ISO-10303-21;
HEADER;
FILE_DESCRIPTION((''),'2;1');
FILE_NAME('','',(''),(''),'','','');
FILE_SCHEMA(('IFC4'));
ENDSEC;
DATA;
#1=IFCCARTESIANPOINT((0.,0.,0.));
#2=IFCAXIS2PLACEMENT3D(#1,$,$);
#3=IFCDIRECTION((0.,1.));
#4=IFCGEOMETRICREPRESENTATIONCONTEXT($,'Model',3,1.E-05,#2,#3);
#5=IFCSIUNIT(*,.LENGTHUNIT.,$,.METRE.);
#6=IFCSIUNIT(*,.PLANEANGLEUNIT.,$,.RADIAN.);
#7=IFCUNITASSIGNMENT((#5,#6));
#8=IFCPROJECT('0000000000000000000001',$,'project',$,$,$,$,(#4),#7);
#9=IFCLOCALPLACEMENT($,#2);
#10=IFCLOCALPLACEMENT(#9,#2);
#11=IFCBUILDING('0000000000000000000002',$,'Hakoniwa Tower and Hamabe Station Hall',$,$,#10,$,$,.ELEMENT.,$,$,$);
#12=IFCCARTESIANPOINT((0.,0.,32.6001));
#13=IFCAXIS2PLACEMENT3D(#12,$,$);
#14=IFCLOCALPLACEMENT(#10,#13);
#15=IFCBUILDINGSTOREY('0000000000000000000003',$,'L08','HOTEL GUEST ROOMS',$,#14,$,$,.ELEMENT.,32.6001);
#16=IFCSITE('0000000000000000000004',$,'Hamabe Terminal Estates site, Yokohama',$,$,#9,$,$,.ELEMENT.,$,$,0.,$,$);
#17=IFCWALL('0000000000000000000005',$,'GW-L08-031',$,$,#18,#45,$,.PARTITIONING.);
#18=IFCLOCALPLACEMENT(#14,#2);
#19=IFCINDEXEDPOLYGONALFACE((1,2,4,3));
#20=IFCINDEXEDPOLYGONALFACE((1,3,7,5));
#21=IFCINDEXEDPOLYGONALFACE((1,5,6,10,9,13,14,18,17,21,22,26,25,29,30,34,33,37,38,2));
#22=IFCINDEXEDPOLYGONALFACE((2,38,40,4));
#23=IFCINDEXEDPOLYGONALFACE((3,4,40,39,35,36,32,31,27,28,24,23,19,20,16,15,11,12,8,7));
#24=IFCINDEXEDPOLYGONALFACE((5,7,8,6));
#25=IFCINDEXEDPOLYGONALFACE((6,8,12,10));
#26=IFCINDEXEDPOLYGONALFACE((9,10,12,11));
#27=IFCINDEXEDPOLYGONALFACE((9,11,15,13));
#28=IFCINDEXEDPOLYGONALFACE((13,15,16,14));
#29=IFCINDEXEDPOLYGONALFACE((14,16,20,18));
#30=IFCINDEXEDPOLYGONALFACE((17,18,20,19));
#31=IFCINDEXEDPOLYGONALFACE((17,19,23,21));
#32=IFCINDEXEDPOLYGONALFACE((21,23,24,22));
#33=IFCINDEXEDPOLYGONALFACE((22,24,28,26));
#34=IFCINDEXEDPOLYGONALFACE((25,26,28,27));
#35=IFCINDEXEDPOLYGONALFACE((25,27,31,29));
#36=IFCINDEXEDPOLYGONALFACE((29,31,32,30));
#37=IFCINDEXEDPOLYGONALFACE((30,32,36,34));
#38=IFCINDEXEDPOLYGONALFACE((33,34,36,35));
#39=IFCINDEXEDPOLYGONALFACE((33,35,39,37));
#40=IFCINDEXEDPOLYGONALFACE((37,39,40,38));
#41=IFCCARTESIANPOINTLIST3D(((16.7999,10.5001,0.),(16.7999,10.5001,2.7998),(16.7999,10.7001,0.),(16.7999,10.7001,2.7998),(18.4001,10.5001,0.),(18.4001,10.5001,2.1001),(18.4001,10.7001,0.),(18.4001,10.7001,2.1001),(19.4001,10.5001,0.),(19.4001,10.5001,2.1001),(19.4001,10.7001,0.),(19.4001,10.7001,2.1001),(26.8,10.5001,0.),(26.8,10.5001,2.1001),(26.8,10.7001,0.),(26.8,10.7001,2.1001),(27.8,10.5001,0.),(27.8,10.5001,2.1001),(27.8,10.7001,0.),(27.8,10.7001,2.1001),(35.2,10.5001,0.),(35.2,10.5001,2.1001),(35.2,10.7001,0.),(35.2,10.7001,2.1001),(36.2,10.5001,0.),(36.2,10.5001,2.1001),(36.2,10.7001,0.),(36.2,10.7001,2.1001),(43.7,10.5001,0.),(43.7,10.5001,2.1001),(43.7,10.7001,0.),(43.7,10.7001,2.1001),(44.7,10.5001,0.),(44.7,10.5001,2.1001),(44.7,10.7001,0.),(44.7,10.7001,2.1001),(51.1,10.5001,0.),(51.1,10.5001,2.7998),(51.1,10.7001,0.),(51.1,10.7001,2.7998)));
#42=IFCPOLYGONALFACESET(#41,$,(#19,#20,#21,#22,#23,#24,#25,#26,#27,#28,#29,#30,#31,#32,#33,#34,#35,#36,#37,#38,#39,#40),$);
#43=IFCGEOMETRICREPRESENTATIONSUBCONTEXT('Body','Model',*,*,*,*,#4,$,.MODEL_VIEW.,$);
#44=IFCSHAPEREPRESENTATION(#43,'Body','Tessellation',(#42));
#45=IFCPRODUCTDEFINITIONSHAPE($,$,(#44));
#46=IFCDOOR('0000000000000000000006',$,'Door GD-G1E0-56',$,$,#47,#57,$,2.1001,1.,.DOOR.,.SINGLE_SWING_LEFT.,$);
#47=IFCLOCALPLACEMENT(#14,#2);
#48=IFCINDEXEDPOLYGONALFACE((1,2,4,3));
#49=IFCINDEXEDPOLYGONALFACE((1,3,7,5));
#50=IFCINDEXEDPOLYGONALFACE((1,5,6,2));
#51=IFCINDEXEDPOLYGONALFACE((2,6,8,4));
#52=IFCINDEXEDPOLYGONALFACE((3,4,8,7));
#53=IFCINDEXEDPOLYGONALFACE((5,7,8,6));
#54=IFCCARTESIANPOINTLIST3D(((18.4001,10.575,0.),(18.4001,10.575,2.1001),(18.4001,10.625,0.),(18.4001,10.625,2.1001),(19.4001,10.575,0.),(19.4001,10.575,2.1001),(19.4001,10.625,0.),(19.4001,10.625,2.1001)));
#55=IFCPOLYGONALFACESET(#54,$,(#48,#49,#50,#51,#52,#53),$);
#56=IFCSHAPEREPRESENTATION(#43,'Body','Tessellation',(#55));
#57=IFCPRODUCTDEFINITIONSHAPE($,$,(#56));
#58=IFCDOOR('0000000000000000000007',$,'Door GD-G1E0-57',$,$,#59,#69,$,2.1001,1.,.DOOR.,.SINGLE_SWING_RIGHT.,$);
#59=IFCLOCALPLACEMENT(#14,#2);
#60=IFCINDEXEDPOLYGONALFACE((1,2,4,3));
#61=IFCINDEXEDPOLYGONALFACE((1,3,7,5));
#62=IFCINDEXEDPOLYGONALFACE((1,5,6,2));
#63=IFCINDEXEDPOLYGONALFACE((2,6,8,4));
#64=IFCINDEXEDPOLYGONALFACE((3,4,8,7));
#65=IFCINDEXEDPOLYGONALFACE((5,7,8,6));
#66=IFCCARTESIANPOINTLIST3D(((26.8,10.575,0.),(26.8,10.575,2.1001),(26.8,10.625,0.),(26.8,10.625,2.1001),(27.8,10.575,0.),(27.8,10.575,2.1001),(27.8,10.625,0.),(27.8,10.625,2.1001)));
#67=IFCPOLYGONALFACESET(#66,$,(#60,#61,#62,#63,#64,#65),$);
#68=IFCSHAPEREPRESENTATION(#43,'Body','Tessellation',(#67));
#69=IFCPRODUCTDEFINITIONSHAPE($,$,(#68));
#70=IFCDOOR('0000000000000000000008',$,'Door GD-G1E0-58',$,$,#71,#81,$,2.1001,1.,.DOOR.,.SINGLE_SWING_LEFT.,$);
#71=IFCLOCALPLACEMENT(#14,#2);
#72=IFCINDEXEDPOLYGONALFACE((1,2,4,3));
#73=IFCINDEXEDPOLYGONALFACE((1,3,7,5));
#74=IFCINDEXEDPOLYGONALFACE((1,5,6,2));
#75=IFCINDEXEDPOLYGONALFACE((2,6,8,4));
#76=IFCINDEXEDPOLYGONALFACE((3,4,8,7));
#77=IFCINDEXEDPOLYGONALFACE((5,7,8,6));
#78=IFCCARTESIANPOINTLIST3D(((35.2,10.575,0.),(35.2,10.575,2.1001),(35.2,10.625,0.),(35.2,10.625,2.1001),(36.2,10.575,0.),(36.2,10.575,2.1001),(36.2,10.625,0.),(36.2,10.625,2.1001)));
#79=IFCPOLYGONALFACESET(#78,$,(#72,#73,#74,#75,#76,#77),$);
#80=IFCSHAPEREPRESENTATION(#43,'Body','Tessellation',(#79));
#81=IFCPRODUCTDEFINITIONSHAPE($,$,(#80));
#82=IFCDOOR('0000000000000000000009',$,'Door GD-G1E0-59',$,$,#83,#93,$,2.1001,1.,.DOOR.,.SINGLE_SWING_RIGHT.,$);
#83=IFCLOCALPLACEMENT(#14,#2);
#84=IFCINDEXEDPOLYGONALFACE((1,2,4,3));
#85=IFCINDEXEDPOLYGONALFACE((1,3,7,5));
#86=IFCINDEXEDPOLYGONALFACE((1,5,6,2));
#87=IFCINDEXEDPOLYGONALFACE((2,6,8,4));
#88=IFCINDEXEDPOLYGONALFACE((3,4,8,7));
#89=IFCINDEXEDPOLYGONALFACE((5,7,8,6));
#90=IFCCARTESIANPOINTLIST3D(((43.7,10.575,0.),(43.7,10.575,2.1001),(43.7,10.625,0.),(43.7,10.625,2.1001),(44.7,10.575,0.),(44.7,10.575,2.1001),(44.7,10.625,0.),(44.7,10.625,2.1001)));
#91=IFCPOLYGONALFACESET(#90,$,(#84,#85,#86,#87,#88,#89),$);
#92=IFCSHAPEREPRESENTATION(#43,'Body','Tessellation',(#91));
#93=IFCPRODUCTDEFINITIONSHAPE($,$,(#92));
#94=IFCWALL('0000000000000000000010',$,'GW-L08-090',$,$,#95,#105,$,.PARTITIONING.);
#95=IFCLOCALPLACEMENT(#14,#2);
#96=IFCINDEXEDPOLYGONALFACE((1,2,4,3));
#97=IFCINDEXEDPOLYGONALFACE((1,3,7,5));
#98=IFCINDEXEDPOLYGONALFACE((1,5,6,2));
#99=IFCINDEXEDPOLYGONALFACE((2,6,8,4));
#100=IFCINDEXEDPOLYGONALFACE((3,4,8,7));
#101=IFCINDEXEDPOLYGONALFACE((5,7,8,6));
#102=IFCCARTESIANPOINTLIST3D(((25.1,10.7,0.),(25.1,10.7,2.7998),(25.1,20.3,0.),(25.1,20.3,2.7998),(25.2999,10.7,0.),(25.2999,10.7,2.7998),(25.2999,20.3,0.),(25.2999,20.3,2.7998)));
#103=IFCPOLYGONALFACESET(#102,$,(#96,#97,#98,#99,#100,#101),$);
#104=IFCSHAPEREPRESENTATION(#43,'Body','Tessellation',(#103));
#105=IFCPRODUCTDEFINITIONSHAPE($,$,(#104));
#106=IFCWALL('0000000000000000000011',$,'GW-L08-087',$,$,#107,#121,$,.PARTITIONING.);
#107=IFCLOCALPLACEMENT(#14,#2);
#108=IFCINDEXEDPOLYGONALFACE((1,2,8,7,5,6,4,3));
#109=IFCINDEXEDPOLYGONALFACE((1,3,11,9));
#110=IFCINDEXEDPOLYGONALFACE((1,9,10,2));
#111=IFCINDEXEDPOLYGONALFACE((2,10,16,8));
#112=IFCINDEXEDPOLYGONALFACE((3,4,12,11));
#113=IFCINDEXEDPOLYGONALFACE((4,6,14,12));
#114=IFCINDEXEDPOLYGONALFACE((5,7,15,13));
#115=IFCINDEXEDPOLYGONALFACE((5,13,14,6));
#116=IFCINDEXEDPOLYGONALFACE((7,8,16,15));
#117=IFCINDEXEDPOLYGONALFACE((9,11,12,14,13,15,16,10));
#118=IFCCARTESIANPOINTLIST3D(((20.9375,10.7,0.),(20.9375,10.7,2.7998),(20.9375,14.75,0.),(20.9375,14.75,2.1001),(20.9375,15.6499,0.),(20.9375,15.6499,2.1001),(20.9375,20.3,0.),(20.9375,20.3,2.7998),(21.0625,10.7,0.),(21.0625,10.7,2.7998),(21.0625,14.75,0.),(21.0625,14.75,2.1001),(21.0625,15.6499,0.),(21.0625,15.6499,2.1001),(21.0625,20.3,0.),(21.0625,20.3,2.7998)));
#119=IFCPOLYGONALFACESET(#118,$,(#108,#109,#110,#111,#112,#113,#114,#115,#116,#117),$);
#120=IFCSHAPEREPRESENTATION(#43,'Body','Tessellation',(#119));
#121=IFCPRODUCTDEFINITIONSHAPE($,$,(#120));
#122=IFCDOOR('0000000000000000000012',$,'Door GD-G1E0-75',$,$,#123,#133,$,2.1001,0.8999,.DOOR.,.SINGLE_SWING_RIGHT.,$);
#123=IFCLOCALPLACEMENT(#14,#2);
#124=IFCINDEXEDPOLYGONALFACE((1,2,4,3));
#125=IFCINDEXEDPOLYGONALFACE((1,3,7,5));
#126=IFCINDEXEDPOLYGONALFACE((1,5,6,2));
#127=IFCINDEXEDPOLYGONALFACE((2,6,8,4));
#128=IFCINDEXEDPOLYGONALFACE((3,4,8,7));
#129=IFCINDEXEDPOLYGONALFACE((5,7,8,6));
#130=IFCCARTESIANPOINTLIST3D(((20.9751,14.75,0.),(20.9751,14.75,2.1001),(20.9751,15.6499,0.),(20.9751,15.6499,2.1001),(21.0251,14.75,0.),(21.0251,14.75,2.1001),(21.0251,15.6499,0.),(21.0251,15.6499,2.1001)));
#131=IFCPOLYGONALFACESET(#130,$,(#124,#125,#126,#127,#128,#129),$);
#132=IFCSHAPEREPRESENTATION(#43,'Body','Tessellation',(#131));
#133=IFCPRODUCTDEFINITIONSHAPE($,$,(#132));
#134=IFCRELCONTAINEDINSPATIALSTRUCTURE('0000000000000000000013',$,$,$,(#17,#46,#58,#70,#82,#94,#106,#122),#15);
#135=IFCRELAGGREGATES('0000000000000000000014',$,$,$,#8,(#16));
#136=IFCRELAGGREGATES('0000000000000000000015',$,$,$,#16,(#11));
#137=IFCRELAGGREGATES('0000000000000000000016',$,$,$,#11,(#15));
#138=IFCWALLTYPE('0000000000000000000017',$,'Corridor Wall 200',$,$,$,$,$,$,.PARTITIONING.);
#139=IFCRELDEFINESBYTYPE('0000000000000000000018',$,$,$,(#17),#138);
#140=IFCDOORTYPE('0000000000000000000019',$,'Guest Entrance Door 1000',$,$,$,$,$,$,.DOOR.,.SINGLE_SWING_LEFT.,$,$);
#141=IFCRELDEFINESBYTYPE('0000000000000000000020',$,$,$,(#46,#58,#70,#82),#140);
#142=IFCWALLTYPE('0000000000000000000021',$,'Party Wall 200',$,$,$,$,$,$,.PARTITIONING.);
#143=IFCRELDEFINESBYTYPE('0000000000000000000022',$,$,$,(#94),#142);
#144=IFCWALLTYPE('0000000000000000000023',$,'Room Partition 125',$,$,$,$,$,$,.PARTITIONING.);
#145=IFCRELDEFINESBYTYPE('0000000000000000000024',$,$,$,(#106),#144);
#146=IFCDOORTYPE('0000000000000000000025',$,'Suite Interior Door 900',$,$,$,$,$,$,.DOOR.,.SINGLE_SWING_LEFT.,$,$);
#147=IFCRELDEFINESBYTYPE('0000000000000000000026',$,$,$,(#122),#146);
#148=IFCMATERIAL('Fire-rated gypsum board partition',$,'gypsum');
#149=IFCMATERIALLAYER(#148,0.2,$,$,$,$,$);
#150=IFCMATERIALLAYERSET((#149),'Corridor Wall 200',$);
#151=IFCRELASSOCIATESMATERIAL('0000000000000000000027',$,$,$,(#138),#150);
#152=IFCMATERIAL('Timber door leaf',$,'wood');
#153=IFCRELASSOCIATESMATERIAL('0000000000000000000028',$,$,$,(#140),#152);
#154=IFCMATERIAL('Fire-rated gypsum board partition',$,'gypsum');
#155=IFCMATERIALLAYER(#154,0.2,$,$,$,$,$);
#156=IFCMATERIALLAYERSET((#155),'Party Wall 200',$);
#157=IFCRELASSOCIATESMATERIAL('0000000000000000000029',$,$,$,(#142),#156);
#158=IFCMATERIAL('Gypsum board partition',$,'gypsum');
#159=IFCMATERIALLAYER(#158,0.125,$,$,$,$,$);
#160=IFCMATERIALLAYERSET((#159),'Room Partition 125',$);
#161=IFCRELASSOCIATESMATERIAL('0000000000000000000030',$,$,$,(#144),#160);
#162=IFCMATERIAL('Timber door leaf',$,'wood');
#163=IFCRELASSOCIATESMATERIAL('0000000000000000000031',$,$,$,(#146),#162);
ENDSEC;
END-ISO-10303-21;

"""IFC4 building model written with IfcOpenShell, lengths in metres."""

from ifc_helpers import new_model, si_unit, direction, frame, frame_2d, origin, place, context, subcontext, project, spatial, rectangle, extrude, material, layer, layer_set, type_object, element, fill, save


model = new_model("IFC4")

# Units and contexts
model_context = context("Model", 3, precision=1e-05, world=origin(), true_north=direction((0.0, 1.0)))
body_context = subcontext(model_context, "Body", "Model", "MODEL_VIEW")
ifc_project = project(units=[si_unit("LENGTHUNIT", "METRE"), si_unit("PLANEANGLEUNIT", "RADIAN")], contexts=[model_context])

# Site, building, storey
site_placement = place(None, origin())
site = spatial("IfcSite", under=ifc_project, at=site_placement, Name="Hamabe Terminal Estates site, Yokohama", CompositionType="ELEMENT", RefElevation=0.0)
building_placement = place(site_placement, origin())
building = spatial("IfcBuilding", under=site, at=building_placement, Name="Hakoniwa Tower and Hamabe Station Hall", CompositionType="ELEMENT")
storey_placement = place(building_placement, frame((0.0, 0.0, 32.6001)))
storey = spatial("IfcBuildingStorey", under=building, at=storey_placement, Name="L08", Description="HOTEL GUEST ROOMS", CompositionType="ELEMENT", Elevation=32.6001)

# Wall, openings, doors
ifc_material_1 = material(Name="Fire-rated gypsum board partition", Category="gypsum")
ifc_layer_1 = layer(ifc_material_1, 0.2)
ifc_layer_set_1 = layer_set([ifc_layer_1], Name="Corridor Wall 200")
wall_type_1 = type_object("IfcWallType", Name="Corridor Wall 200", PredefinedType="PARTITIONING", material=ifc_layer_set_1)
wall_1_placement = place(storey_placement, frame((16.8, 10.6001, 0.0), z_axis=(0.0, 0.0, 1.0), x_axis=(1.0, 0.0, 0.0)))
wall_1 = element("IfcWall", 1, at=wall_1_placement, inside=storey, type_object=wall_type_1, Name="GW-L08-031", PredefinedType="PARTITIONING", context=body_context, shape_type="SweptSolid", body=[
    extrude(rectangle(XDim=34.3, YDim=0.2, at=frame_2d((17.1499, 0.0))), origin(), (0.0, 0.0, 1.0), 2.7998),
])
opening_1_placement = place(wall_1_placement, frame((1.6001, 0.0, 0.0)))
opening_1 = element("IfcOpeningElement", 2, at=opening_1_placement, cuts=wall_1, PredefinedType="OPENING", context=body_context, shape_type="SweptSolid", body=[
    extrude(rectangle(XDim=1.0, YDim=2.1001, at=frame_2d((0.5, 1.05))), frame((0.0, 0.1099, 0.0), z_axis=(0.0, -1.0, 0.0), x_axis=(1.0, 0.0, 0.0)), (0.0, 0.0, 1.0), 0.22),
])
opening_2_placement = place(wall_1_placement, frame((10.0, 0.0, 0.0)))
opening_2 = element("IfcOpeningElement", 3, at=opening_2_placement, cuts=wall_1, PredefinedType="OPENING", context=body_context, shape_type="SweptSolid", body=[
    extrude(rectangle(XDim=1.0, YDim=2.1001, at=frame_2d((0.5, 1.05))), frame((0.0, 0.1099, 0.0), z_axis=(0.0, -1.0, 0.0), x_axis=(1.0, 0.0, 0.0)), (0.0, 0.0, 1.0), 0.22),
])
opening_3_placement = place(wall_1_placement, frame((18.3999, 0.0, 0.0)))
opening_3 = element("IfcOpeningElement", 4, at=opening_3_placement, cuts=wall_1, PredefinedType="OPENING", context=body_context, shape_type="SweptSolid", body=[
    extrude(rectangle(XDim=1.0, YDim=2.1001, at=frame_2d((0.5, 1.05))), frame((0.0, 0.1099, 0.0), z_axis=(0.0, -1.0, 0.0), x_axis=(1.0, 0.0, 0.0)), (0.0, 0.0, 1.0), 0.22),
])
opening_4_placement = place(wall_1_placement, frame((26.8999, 0.0, 0.0)))
opening_4 = element("IfcOpeningElement", 5, at=opening_4_placement, cuts=wall_1, PredefinedType="OPENING", context=body_context, shape_type="SweptSolid", body=[
    extrude(rectangle(XDim=1.0, YDim=2.1001, at=frame_2d((0.5, 1.05))), frame((0.0, 0.1099, 0.0), z_axis=(0.0, -1.0, 0.0), x_axis=(1.0, 0.0, 0.0)), (0.0, 0.0, 1.0), 0.22),
])
ifc_material_2 = material(Name="Timber door leaf", Category="wood")
door_type_1 = type_object("IfcDoorType", Name="Guest Entrance Door 1000", OperationType="SINGLE_SWING_LEFT", PredefinedType="DOOR", material=ifc_material_2)
door_1_placement = place(opening_1_placement, origin())
door_1 = element("IfcDoor", 6, at=door_1_placement, inside=storey, type_object=door_type_1, Name="Door GD-G1E0-56", OperationType="SINGLE_SWING_LEFT", OverallHeight=2.1001, OverallWidth=1.0, PredefinedType="DOOR", context=body_context, shape_type="SweptSolid", body=[
    extrude(rectangle(XDim=1.0, YDim=2.1001, at=frame_2d((0.5, 1.05))), frame((0.0, 0.0249, 0.0), z_axis=(0.0, -1.0, 0.0), x_axis=(1.0, 0.0, 0.0)), (0.0, 0.0, 1.0), 0.05),
])
fill(opening_1, door_1)
door_2_placement = place(opening_2_placement, origin())
door_2 = element("IfcDoor", 7, at=door_2_placement, inside=storey, type_object=door_type_1, Name="Door GD-G1E0-57", OperationType="SINGLE_SWING_RIGHT", OverallHeight=2.1001, OverallWidth=1.0, PredefinedType="DOOR", context=body_context, shape_type="SweptSolid", body=[
    extrude(rectangle(XDim=1.0, YDim=2.1001, at=frame_2d((0.5, 1.05))), frame((0.0, 0.0249, 0.0), z_axis=(0.0, -1.0, 0.0), x_axis=(1.0, 0.0, 0.0)), (0.0, 0.0, 1.0), 0.05),
])
fill(opening_2, door_2)
door_3_placement = place(opening_3_placement, origin())
door_3 = element("IfcDoor", 8, at=door_3_placement, inside=storey, type_object=door_type_1, Name="Door GD-G1E0-58", OperationType="SINGLE_SWING_LEFT", OverallHeight=2.1001, OverallWidth=1.0, PredefinedType="DOOR", context=body_context, shape_type="SweptSolid", body=[
    extrude(rectangle(XDim=1.0, YDim=2.1001, at=frame_2d((0.5, 1.05))), frame((0.0, 0.0249, 0.0), z_axis=(0.0, -1.0, 0.0), x_axis=(1.0, 0.0, 0.0)), (0.0, 0.0, 1.0), 0.05),
])
fill(opening_3, door_3)
door_4_placement = place(opening_4_placement, origin())
door_4 = element("IfcDoor", 9, at=door_4_placement, inside=storey, type_object=door_type_1, Name="Door GD-G1E0-59", OperationType="SINGLE_SWING_RIGHT", OverallHeight=2.1001, OverallWidth=1.0, PredefinedType="DOOR", context=body_context, shape_type="SweptSolid", body=[
    extrude(rectangle(XDim=1.0, YDim=2.1001, at=frame_2d((0.5, 1.05))), frame((0.0, 0.0249, 0.0), z_axis=(0.0, -1.0, 0.0), x_axis=(1.0, 0.0, 0.0)), (0.0, 0.0, 1.0), 0.05),
])
fill(opening_4, door_4)

# Wall
ifc_material_3 = material(Name="Fire-rated gypsum board partition", Category="gypsum")
ifc_layer_2 = layer(ifc_material_3, 0.2)
ifc_layer_set_2 = layer_set([ifc_layer_2], Name="Party Wall 200")
wall_type_2 = type_object("IfcWallType", Name="Party Wall 200", PredefinedType="PARTITIONING", material=ifc_layer_set_2)
wall_2_placement = place(storey_placement, frame((25.2, 10.7, 0.0), z_axis=(0.0, 0.0, 1.0), x_axis=(0.0, 1.0, 0.0)))
element("IfcWall", 10, at=wall_2_placement, inside=storey, type_object=wall_type_2, Name="GW-L08-090", PredefinedType="PARTITIONING", context=body_context, shape_type="SweptSolid", body=[
    extrude(rectangle(XDim=9.6001, YDim=0.2, at=frame_2d((4.8, 0.0))), origin(), (0.0, 0.0, 1.0), 2.7998),
])

# Wall, opening, door
ifc_material_4 = material(Name="Gypsum board partition", Category="gypsum")
ifc_layer_3 = layer(ifc_material_4, 0.125)
ifc_layer_set_3 = layer_set([ifc_layer_3], Name="Room Partition 125")
wall_type_3 = type_object("IfcWallType", Name="Room Partition 125", PredefinedType="PARTITIONING", material=ifc_layer_set_3)
wall_3_placement = place(storey_placement, frame((21.0, 10.7, 0.0), z_axis=(0.0, 0.0, 1.0), x_axis=(0.0, 1.0, 0.0)))
wall_3 = element("IfcWall", 11, at=wall_3_placement, inside=storey, type_object=wall_type_3, Name="GW-L08-087", PredefinedType="PARTITIONING", context=body_context, shape_type="SweptSolid", body=[
    extrude(rectangle(XDim=9.6001, YDim=0.125, at=frame_2d((4.8, 0.0))), origin(), (0.0, 0.0, 1.0), 2.7998),
])
opening_5_placement = place(wall_3_placement, frame((4.05, 0.0, 0.0)))
opening_5 = element("IfcOpeningElement", 12, at=opening_5_placement, cuts=wall_3, PredefinedType="OPENING", context=body_context, shape_type="SweptSolid", body=[
    extrude(rectangle(XDim=0.8999, YDim=2.1001, at=frame_2d((0.45, 1.05))), frame((0.0, 0.0725, 0.0), z_axis=(0.0, -1.0, 0.0), x_axis=(1.0, 0.0, 0.0)), (0.0, 0.0, 1.0), 0.145),
])
ifc_material_5 = material(Name="Timber door leaf", Category="wood")
door_type_2 = type_object("IfcDoorType", Name="Suite Interior Door 900", OperationType="SINGLE_SWING_LEFT", PredefinedType="DOOR", material=ifc_material_5)
door_5_placement = place(opening_5_placement, origin())
door_5 = element("IfcDoor", 13, at=door_5_placement, inside=storey, type_object=door_type_2, Name="Door GD-G1E0-75", OperationType="SINGLE_SWING_RIGHT", OverallHeight=2.1001, OverallWidth=0.8999, PredefinedType="DOOR", context=body_context, shape_type="SweptSolid", body=[
    extrude(rectangle(XDim=0.8999, YDim=2.1001, at=frame_2d((0.45, 1.05))), frame((0.0, 0.0249, 0.0), z_axis=(0.0, -1.0, 0.0), x_axis=(1.0, 0.0, 0.0)), (0.0, 0.0, 1.0), 0.05),
])
fill(opening_5, door_5)

save(model, "model.ifc")
